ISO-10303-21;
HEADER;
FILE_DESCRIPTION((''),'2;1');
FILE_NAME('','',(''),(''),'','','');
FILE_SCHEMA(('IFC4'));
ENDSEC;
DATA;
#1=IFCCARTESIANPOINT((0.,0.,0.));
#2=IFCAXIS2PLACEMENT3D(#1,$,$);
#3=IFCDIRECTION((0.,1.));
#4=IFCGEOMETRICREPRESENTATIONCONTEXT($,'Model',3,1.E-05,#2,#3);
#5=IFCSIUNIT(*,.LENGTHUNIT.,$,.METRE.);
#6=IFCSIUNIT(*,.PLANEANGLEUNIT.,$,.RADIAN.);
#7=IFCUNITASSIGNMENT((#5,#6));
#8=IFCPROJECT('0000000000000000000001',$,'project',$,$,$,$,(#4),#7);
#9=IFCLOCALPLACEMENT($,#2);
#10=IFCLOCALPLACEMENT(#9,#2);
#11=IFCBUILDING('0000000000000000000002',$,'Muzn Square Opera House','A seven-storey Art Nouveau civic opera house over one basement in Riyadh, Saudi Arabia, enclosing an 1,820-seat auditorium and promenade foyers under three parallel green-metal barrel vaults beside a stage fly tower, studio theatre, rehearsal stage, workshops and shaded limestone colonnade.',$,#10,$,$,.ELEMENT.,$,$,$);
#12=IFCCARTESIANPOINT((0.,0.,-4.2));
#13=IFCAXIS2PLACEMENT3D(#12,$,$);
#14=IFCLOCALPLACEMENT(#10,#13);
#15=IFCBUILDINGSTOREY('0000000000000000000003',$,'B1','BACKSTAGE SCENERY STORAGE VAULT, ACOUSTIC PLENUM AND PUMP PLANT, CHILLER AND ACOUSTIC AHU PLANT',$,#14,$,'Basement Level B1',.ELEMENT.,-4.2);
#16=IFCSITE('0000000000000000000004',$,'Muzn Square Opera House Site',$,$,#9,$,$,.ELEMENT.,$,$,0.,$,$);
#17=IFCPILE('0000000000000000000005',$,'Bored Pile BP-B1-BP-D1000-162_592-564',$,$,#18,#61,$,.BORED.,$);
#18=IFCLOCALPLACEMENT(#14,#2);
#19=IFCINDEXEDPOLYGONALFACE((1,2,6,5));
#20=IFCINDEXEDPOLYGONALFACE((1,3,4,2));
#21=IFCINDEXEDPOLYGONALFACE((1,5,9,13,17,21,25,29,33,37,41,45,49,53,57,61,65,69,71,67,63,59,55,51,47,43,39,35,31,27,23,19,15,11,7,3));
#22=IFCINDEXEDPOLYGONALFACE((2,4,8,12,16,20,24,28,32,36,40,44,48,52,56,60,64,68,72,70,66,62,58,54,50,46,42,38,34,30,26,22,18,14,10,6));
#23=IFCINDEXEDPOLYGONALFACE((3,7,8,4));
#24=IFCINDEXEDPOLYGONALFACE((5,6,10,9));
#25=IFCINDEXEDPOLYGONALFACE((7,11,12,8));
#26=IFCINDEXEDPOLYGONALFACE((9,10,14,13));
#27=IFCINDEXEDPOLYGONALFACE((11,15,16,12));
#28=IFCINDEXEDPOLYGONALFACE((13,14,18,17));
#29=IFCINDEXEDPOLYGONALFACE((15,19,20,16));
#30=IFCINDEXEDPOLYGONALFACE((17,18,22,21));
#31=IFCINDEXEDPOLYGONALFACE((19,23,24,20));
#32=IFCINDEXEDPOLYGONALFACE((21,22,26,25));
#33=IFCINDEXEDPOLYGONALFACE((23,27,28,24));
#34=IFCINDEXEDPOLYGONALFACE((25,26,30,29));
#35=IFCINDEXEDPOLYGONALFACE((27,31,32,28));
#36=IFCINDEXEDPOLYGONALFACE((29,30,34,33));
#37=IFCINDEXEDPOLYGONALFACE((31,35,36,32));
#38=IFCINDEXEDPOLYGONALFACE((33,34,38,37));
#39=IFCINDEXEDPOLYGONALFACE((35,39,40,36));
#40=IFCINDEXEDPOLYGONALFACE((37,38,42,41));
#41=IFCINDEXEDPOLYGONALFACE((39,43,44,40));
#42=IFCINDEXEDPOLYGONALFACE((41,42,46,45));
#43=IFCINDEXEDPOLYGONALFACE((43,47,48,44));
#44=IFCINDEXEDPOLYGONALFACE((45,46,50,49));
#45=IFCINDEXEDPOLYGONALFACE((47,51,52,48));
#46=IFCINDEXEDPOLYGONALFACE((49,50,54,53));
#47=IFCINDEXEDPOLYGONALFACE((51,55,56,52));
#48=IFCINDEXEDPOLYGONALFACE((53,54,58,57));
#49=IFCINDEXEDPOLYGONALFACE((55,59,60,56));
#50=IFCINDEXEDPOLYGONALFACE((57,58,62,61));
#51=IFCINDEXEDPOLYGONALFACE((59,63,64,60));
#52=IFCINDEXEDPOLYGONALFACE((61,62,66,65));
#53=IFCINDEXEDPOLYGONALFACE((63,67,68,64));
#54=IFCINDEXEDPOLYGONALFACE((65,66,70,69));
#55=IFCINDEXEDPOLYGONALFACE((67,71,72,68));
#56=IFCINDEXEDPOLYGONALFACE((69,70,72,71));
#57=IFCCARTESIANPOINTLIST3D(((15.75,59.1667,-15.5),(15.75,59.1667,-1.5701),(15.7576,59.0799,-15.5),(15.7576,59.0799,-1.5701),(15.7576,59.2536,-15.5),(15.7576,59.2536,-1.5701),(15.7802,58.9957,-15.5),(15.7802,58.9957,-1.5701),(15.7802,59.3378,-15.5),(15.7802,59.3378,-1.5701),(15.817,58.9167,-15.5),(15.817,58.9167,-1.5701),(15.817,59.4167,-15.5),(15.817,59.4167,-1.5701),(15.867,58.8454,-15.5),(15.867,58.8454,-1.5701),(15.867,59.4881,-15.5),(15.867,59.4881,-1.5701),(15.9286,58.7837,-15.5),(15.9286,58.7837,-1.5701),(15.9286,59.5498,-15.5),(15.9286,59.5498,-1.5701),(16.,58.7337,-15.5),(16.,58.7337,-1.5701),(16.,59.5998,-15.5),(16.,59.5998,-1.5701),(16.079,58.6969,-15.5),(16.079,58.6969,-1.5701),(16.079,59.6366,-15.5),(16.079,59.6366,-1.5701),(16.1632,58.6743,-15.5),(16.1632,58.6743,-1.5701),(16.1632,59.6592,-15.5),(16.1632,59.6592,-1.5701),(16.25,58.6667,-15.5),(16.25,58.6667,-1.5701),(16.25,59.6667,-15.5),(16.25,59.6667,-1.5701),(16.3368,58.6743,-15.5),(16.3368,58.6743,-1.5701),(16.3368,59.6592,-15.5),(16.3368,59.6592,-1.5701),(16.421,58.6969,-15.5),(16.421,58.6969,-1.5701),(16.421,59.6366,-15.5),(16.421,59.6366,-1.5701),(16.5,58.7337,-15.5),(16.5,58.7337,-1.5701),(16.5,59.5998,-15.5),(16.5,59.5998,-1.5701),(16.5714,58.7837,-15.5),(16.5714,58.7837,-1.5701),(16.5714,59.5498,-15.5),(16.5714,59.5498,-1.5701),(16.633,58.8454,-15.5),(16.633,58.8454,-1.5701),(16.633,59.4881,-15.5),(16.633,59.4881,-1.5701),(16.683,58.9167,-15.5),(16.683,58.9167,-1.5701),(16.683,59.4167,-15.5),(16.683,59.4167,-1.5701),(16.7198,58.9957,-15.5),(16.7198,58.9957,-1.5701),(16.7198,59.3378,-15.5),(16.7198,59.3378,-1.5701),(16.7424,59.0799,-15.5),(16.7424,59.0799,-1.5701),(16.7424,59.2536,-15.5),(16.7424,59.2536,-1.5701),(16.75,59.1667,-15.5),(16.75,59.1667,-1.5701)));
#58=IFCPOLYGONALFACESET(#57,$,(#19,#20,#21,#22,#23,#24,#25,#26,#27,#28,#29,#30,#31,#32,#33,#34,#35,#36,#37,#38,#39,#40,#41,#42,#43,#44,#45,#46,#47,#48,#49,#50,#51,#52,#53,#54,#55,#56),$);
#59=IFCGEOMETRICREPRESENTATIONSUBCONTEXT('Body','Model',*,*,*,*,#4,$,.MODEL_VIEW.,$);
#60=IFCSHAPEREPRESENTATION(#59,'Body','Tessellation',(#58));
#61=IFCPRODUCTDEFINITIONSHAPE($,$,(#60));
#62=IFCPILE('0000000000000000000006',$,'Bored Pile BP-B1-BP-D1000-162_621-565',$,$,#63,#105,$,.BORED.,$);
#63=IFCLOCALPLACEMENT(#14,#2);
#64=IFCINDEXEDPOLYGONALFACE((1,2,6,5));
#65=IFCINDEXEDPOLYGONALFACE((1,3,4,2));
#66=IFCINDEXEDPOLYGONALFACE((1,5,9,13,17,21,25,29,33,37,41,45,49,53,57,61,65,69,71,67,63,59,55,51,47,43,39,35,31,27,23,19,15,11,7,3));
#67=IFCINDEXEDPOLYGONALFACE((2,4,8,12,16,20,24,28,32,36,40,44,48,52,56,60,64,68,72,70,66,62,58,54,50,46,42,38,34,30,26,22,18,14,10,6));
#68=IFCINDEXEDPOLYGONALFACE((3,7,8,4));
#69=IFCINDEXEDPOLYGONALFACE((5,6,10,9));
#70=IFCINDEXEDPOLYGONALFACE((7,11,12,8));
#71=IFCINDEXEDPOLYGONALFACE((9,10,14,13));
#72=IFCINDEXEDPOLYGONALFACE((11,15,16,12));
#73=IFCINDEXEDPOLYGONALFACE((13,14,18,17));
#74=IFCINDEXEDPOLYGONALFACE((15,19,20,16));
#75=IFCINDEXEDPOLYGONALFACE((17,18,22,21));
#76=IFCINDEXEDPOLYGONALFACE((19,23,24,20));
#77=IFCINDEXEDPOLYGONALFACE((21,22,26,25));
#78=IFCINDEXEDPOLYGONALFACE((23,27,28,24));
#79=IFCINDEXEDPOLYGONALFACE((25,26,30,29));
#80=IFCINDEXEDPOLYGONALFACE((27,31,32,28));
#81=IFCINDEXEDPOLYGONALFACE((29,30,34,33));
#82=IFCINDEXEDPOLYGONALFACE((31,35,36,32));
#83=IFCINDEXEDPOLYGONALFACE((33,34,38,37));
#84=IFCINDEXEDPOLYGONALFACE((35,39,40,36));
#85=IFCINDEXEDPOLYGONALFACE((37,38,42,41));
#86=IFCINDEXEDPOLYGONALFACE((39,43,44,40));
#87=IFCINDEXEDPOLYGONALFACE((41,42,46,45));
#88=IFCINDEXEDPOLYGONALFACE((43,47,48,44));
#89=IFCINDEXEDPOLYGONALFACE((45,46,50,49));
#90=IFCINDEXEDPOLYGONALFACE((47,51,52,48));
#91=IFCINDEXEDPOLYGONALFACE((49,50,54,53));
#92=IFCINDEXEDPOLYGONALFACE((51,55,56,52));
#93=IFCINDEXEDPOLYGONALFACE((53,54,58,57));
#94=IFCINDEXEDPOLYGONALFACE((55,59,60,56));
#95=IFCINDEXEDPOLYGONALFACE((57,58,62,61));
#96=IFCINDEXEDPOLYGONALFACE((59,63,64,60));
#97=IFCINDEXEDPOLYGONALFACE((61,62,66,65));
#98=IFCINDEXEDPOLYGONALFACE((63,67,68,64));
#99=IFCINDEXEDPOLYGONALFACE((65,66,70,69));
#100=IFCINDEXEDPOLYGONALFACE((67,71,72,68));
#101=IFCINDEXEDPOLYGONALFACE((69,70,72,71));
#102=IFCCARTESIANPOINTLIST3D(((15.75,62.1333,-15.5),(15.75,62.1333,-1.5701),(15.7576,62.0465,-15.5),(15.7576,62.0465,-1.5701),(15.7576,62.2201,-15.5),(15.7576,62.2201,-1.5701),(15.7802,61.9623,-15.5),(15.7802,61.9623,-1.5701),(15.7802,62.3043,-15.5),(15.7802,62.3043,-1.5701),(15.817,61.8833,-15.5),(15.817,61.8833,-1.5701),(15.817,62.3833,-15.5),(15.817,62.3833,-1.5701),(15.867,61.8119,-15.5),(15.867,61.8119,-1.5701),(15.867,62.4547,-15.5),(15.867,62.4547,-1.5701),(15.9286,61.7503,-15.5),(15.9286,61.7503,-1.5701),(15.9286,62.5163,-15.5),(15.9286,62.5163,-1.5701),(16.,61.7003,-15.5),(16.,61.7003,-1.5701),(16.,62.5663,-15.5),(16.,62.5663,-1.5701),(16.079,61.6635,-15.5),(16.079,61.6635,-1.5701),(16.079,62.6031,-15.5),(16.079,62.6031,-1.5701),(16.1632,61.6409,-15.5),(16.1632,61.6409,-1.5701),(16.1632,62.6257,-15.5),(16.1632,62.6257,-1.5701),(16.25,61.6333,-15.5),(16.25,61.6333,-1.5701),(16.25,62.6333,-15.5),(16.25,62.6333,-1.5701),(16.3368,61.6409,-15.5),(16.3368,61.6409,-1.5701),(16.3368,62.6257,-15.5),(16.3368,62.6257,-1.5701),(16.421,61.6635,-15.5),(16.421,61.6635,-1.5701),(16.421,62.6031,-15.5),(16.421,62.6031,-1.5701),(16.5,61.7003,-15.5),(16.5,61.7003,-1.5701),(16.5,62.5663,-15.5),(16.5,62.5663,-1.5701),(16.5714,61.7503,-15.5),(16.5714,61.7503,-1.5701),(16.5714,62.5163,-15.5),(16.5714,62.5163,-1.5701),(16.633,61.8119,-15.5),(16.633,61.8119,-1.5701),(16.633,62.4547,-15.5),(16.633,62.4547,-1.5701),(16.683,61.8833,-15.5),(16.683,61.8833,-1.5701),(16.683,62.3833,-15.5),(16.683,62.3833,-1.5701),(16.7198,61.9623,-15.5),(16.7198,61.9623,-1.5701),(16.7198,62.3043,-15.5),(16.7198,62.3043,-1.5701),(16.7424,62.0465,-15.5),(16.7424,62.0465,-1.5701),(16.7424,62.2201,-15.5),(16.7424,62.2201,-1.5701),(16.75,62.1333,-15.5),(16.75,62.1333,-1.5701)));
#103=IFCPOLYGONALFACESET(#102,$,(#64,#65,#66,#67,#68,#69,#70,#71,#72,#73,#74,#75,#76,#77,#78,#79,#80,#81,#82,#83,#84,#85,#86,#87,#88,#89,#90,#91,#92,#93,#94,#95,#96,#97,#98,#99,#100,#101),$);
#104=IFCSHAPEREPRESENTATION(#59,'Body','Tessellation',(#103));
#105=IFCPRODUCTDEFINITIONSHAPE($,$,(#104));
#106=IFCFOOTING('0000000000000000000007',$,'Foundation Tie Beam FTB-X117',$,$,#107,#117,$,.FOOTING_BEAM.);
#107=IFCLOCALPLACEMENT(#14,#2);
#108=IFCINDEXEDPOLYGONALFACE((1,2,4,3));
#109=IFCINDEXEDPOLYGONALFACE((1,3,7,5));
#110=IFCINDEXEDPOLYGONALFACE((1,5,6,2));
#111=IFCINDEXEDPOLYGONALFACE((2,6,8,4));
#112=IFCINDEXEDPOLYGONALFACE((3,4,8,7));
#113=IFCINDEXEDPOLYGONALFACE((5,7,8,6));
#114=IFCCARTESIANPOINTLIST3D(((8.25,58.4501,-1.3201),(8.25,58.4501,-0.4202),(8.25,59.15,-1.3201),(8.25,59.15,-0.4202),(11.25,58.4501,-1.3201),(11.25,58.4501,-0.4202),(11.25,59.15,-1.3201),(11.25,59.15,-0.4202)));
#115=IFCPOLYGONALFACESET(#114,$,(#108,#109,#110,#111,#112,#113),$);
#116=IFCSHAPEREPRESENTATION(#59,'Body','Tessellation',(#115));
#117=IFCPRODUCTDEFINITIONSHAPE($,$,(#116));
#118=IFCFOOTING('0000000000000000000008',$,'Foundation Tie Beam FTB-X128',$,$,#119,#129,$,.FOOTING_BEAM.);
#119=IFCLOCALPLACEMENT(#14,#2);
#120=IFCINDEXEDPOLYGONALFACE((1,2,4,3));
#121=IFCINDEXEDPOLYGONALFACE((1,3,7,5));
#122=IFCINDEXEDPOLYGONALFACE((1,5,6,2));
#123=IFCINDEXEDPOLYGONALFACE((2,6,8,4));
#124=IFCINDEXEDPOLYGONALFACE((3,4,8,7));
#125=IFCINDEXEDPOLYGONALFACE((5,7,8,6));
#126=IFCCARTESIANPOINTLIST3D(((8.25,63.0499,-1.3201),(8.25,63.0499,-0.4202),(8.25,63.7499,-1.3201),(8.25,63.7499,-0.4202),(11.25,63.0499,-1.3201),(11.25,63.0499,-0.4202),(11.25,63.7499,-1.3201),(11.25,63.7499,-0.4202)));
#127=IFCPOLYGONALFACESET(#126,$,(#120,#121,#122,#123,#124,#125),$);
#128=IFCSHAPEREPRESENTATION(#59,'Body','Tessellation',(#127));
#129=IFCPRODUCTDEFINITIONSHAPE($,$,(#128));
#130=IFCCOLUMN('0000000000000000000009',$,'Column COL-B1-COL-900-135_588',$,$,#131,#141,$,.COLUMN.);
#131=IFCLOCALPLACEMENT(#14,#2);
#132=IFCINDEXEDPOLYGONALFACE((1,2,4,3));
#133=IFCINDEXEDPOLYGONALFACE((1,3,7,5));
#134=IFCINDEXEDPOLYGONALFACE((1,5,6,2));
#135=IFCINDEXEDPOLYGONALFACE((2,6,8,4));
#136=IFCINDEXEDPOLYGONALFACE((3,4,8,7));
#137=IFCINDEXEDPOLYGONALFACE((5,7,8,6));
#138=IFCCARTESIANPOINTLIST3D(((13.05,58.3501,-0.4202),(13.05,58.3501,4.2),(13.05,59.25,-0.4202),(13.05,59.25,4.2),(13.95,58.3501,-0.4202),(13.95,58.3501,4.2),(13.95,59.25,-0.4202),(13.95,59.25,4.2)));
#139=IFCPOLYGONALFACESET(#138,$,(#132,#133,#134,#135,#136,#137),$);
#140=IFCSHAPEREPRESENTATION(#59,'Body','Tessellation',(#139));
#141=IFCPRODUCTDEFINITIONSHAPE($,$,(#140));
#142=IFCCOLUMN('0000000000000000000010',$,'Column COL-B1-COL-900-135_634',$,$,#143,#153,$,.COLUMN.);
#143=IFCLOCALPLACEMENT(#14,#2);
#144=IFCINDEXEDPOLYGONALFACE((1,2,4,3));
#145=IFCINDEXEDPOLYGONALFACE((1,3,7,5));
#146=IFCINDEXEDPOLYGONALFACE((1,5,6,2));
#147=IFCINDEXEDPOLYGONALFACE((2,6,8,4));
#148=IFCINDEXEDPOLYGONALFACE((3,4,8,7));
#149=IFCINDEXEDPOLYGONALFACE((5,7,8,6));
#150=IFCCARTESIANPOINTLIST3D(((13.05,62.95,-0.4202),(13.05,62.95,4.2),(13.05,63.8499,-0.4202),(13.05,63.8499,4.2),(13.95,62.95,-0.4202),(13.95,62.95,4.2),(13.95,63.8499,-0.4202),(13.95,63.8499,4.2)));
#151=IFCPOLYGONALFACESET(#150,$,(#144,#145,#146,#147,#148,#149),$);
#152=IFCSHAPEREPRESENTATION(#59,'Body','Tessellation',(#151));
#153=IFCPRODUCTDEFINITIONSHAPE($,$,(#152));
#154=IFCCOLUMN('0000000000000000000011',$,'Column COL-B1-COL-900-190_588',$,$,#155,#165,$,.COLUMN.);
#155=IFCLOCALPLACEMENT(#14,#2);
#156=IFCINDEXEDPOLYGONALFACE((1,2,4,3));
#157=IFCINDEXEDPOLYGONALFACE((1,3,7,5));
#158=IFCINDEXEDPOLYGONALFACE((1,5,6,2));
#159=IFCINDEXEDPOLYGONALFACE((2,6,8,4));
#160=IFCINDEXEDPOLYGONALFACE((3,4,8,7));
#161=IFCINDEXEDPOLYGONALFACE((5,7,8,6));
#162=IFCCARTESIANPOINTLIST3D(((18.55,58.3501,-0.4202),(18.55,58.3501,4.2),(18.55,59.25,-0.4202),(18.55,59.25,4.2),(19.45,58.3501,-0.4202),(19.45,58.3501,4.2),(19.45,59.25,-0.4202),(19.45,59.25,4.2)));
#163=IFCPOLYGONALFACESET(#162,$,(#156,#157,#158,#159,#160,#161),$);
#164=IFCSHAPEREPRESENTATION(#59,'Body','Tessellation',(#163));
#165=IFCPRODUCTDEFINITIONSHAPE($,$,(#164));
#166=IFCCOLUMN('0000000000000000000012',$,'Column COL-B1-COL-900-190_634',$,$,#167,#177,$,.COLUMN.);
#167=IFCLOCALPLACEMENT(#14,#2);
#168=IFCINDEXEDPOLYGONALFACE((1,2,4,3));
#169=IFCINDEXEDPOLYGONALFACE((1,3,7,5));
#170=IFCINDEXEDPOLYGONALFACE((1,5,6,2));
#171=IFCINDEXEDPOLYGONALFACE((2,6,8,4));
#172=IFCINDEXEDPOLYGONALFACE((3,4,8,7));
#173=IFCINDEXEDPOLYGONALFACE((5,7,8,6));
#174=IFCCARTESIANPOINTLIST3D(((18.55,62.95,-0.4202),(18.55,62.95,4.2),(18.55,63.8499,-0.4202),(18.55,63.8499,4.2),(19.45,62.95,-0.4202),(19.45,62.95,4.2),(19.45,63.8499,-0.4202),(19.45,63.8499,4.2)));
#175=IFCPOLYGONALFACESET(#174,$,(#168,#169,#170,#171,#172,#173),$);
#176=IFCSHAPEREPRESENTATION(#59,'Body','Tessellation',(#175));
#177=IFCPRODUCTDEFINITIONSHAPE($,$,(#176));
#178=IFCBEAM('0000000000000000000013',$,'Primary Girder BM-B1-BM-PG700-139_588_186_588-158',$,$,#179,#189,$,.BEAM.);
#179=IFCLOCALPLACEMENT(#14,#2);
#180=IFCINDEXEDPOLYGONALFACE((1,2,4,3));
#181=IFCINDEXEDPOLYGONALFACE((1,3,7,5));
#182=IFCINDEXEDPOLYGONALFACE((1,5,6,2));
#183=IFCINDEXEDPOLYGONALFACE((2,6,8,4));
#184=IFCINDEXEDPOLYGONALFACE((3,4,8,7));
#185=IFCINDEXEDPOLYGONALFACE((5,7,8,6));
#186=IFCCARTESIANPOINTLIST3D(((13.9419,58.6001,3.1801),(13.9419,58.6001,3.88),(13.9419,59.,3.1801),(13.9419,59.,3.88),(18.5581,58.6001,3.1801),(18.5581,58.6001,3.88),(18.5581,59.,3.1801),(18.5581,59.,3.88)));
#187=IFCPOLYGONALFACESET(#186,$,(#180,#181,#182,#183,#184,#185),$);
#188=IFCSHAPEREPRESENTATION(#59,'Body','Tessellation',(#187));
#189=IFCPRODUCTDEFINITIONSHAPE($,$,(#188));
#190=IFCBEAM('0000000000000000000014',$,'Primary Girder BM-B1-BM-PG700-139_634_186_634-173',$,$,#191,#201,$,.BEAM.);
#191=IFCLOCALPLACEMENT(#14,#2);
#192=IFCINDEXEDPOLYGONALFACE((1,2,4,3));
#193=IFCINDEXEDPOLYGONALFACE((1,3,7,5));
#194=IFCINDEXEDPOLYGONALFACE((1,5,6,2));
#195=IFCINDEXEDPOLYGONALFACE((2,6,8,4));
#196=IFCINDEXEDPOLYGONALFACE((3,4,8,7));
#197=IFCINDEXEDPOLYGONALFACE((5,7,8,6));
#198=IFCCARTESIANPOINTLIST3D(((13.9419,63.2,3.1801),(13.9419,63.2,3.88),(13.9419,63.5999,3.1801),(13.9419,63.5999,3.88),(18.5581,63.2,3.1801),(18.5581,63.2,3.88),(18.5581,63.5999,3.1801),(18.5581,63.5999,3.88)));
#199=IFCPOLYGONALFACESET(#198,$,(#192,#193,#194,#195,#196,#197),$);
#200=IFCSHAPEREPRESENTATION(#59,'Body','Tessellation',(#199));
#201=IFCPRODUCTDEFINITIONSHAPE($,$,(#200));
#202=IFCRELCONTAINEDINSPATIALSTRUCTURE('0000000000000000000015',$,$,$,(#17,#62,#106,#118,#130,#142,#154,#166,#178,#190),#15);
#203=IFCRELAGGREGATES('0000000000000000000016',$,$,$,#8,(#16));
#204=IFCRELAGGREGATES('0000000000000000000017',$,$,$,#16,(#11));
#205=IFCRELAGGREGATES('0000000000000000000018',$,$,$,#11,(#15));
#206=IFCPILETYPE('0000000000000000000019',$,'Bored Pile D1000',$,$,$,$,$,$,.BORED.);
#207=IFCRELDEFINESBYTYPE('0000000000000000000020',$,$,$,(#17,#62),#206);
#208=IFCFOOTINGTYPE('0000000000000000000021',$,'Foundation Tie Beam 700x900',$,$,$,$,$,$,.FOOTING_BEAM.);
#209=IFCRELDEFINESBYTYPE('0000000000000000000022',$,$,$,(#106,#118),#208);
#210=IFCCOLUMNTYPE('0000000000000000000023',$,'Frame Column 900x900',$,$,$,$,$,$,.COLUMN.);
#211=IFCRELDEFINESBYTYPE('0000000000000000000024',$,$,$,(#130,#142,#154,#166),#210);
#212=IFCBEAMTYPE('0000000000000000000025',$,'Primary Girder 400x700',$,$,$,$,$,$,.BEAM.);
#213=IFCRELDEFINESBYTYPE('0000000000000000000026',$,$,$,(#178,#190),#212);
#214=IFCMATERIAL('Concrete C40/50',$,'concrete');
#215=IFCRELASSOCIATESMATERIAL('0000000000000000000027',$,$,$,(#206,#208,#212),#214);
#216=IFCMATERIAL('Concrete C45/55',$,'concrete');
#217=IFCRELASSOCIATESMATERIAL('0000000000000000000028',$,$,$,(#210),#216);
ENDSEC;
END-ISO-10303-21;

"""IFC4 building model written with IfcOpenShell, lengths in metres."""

from ifc_helpers import new_model, si_unit, direction, frame, origin, origin_2d, place, context, subcontext, project, spatial, rectangle, circle, extrude, material, material_profile, profile_set, type_object, element, save


model = new_model("IFC4")

# Units and contexts
model_context = context("Model", 3, precision=1e-05, world=origin(), true_north=direction((0.0, 1.0)))
body_context = subcontext(model_context, "Body", "Model", "MODEL_VIEW")
ifc_project = project(units=[si_unit("LENGTHUNIT", "METRE"), si_unit("PLANEANGLEUNIT", "RADIAN")], contexts=[model_context])

# Site, building, storey
site_placement = place(None, origin())
site = spatial("IfcSite", under=ifc_project, at=site_placement, Name="Muzn Square Opera House Site", CompositionType="ELEMENT", RefElevation=0.0)
building_placement = place(site_placement, origin())
building = spatial("IfcBuilding", under=site, at=building_placement, Name="Muzn Square Opera House", Description="A seven-storey Art Nouveau civic opera house over one basement in Riyadh, Saudi Arabia, enclosing an 1,820-seat auditorium and promenade foyers under three parallel green-metal barrel vaults beside a stage fly tower, studio theatre, rehearsal stage, workshops and shaded limestone colonnade.", CompositionType="ELEMENT")
storey_placement = place(building_placement, frame((0.0, 0.0, -4.2)))
storey = spatial("IfcBuildingStorey", under=building, at=storey_placement, Name="B1", Description="BACKSTAGE SCENERY STORAGE VAULT, ACOUSTIC PLENUM AND PUMP PLANT, CHILLER AND ACOUSTIC AHU PLANT", LongName="Basement Level B1", CompositionType="ELEMENT", Elevation=-4.2)

# Piles
ifc_material_1 = material(Name="Concrete C40/50", Category="concrete")
ifc_material_profile_1 = material_profile(ifc_material_1, circle(Radius=0.5, at=origin_2d()), Name="BORED PILE D1000", Category="concrete")
ifc_profile_set_1 = profile_set([ifc_material_profile_1], Name="Concrete C40/50")
pile_type = type_object("IfcPileType", Name="Bored Pile D1000", PredefinedType="BORED", material=ifc_profile_set_1)
for number, where, z_axis, x_axis, name in (
    (1, (16.25, 59.1667, -1.5701), (0.0, 0.0, -1.0), (1.0, 0.0, 0.0), "Bored Pile BP-B1-BP-D1000-162_592-564"),
    (2, (16.25, 62.1333, -1.5701), (0.0, 0.0, -1.0), (1.0, 0.0, 0.0), "Bored Pile BP-B1-BP-D1000-162_621-565"),
):
    element("IfcPile", number, at=place(storey_placement, frame(where, z_axis=z_axis, x_axis=x_axis)), inside=storey, type_object=pile_type, Name=name, PredefinedType="BORED", context=body_context, shape_type="SweptSolid", body=[
        extrude(circle(Radius=0.5, at=origin_2d()), origin(), (0.0, 0.0, 1.0), 13.9299),
    ])

# Footings
ifc_material_profile_2 = material_profile(ifc_material_1, rectangle(XDim=0.7, YDim=0.8999, at=origin_2d()), Name="RCTB 700x900", Category="concrete")
ifc_profile_set_2 = profile_set([ifc_material_profile_2], Name="Concrete C40/50")
footing_type = type_object("IfcFootingType", Name="Foundation Tie Beam 700x900", PredefinedType="FOOTING_BEAM", material=ifc_profile_set_2)
for number, where, z_axis, x_axis, name in (
    (3, (8.25, 58.8, -0.8701), (1.0, 0.0, 0.0), (0.0, 1.0, 0.0), "Foundation Tie Beam FTB-X117"),
    (4, (8.25, 63.3999, -0.8701), (1.0, 0.0, 0.0), (0.0, 1.0, 0.0), "Foundation Tie Beam FTB-X128"),
):
    element("IfcFooting", number, at=place(storey_placement, frame(where, z_axis=z_axis, x_axis=x_axis)), inside=storey, type_object=footing_type, Name=name, PredefinedType="FOOTING_BEAM", context=body_context, shape_type="SweptSolid", body=[
        extrude(rectangle(XDim=0.7, YDim=0.8999, at=origin_2d()), origin(), (0.0, 0.0, 1.0), 3.0),
    ])

# Columns
ifc_material_2 = material(Name="Concrete C45/55", Category="concrete")
ifc_material_profile_3 = material_profile(ifc_material_2, rectangle(XDim=0.8999, YDim=0.8999, at=origin_2d()), Name="RC 900x900", Category="concrete")
ifc_profile_set_3 = profile_set([ifc_material_profile_3], Name="Concrete C45/55")
column_type = type_object("IfcColumnType", Name="Frame Column 900x900", PredefinedType="COLUMN", material=ifc_profile_set_3)
for number, where, z_axis, x_axis, name in (
    (5, (13.5, 58.8, -0.4202), (0.0, 0.0, 1.0), (1.0, 0.0, 0.0), "Column COL-B1-COL-900-135_588"),
    (6, (13.5, 63.3999, -0.4202), (0.0, 0.0, 1.0), (1.0, 0.0, 0.0), "Column COL-B1-COL-900-135_634"),
    (7, (19.0, 58.8, -0.4202), (0.0, 0.0, 1.0), (1.0, 0.0, 0.0), "Column COL-B1-COL-900-190_588"),
    (8, (19.0, 63.3999, -0.4202), (0.0, 0.0, 1.0), (1.0, 0.0, 0.0), "Column COL-B1-COL-900-190_634"),
):
    element("IfcColumn", number, at=place(storey_placement, frame(where, z_axis=z_axis, x_axis=x_axis)), inside=storey, type_object=column_type, Name=name, PredefinedType="COLUMN", context=body_context, shape_type="SweptSolid", body=[
        extrude(rectangle(XDim=0.8999, YDim=0.8999, at=origin_2d()), origin(), (0.0, 0.0, 1.0), 4.6201),
    ])

# Beams
ifc_material_profile_4 = material_profile(ifc_material_1, rectangle(XDim=0.3999, YDim=0.7, at=origin_2d()), Name="RCB 400x700", Category="concrete")
ifc_profile_set_4 = profile_set([ifc_material_profile_4], Name="Concrete C40/50")
beam_type_1 = type_object("IfcBeamType", Name="Primary Girder 400x700", PredefinedType="BEAM", material=ifc_profile_set_4)
for number, where, z_axis, x_axis, name in (
    (9, (13.9419, 58.8, 3.53), (1.0, 0.0, 0.0), (0.0, 1.0, 0.0), "Primary Girder BM-B1-BM-PG700-139_588_186_588-158"),
    (10, (13.9419, 63.3999, 3.53), (1.0, 0.0, 0.0), (0.0, 1.0, 0.0), "Primary Girder BM-B1-BM-PG700-139_634_186_634-173"),
):
    element("IfcBeam", number, at=place(storey_placement, frame(where, z_axis=z_axis, x_axis=x_axis)), inside=storey, type_object=beam_type_1, Name=name, PredefinedType="BEAM", context=body_context, shape_type="SweptSolid", body=[
        extrude(rectangle(XDim=0.3999, YDim=0.7, at=origin_2d()), origin(), (0.0, 0.0, 1.0), 4.6162),
    ])

save(model, "model.ifc")
